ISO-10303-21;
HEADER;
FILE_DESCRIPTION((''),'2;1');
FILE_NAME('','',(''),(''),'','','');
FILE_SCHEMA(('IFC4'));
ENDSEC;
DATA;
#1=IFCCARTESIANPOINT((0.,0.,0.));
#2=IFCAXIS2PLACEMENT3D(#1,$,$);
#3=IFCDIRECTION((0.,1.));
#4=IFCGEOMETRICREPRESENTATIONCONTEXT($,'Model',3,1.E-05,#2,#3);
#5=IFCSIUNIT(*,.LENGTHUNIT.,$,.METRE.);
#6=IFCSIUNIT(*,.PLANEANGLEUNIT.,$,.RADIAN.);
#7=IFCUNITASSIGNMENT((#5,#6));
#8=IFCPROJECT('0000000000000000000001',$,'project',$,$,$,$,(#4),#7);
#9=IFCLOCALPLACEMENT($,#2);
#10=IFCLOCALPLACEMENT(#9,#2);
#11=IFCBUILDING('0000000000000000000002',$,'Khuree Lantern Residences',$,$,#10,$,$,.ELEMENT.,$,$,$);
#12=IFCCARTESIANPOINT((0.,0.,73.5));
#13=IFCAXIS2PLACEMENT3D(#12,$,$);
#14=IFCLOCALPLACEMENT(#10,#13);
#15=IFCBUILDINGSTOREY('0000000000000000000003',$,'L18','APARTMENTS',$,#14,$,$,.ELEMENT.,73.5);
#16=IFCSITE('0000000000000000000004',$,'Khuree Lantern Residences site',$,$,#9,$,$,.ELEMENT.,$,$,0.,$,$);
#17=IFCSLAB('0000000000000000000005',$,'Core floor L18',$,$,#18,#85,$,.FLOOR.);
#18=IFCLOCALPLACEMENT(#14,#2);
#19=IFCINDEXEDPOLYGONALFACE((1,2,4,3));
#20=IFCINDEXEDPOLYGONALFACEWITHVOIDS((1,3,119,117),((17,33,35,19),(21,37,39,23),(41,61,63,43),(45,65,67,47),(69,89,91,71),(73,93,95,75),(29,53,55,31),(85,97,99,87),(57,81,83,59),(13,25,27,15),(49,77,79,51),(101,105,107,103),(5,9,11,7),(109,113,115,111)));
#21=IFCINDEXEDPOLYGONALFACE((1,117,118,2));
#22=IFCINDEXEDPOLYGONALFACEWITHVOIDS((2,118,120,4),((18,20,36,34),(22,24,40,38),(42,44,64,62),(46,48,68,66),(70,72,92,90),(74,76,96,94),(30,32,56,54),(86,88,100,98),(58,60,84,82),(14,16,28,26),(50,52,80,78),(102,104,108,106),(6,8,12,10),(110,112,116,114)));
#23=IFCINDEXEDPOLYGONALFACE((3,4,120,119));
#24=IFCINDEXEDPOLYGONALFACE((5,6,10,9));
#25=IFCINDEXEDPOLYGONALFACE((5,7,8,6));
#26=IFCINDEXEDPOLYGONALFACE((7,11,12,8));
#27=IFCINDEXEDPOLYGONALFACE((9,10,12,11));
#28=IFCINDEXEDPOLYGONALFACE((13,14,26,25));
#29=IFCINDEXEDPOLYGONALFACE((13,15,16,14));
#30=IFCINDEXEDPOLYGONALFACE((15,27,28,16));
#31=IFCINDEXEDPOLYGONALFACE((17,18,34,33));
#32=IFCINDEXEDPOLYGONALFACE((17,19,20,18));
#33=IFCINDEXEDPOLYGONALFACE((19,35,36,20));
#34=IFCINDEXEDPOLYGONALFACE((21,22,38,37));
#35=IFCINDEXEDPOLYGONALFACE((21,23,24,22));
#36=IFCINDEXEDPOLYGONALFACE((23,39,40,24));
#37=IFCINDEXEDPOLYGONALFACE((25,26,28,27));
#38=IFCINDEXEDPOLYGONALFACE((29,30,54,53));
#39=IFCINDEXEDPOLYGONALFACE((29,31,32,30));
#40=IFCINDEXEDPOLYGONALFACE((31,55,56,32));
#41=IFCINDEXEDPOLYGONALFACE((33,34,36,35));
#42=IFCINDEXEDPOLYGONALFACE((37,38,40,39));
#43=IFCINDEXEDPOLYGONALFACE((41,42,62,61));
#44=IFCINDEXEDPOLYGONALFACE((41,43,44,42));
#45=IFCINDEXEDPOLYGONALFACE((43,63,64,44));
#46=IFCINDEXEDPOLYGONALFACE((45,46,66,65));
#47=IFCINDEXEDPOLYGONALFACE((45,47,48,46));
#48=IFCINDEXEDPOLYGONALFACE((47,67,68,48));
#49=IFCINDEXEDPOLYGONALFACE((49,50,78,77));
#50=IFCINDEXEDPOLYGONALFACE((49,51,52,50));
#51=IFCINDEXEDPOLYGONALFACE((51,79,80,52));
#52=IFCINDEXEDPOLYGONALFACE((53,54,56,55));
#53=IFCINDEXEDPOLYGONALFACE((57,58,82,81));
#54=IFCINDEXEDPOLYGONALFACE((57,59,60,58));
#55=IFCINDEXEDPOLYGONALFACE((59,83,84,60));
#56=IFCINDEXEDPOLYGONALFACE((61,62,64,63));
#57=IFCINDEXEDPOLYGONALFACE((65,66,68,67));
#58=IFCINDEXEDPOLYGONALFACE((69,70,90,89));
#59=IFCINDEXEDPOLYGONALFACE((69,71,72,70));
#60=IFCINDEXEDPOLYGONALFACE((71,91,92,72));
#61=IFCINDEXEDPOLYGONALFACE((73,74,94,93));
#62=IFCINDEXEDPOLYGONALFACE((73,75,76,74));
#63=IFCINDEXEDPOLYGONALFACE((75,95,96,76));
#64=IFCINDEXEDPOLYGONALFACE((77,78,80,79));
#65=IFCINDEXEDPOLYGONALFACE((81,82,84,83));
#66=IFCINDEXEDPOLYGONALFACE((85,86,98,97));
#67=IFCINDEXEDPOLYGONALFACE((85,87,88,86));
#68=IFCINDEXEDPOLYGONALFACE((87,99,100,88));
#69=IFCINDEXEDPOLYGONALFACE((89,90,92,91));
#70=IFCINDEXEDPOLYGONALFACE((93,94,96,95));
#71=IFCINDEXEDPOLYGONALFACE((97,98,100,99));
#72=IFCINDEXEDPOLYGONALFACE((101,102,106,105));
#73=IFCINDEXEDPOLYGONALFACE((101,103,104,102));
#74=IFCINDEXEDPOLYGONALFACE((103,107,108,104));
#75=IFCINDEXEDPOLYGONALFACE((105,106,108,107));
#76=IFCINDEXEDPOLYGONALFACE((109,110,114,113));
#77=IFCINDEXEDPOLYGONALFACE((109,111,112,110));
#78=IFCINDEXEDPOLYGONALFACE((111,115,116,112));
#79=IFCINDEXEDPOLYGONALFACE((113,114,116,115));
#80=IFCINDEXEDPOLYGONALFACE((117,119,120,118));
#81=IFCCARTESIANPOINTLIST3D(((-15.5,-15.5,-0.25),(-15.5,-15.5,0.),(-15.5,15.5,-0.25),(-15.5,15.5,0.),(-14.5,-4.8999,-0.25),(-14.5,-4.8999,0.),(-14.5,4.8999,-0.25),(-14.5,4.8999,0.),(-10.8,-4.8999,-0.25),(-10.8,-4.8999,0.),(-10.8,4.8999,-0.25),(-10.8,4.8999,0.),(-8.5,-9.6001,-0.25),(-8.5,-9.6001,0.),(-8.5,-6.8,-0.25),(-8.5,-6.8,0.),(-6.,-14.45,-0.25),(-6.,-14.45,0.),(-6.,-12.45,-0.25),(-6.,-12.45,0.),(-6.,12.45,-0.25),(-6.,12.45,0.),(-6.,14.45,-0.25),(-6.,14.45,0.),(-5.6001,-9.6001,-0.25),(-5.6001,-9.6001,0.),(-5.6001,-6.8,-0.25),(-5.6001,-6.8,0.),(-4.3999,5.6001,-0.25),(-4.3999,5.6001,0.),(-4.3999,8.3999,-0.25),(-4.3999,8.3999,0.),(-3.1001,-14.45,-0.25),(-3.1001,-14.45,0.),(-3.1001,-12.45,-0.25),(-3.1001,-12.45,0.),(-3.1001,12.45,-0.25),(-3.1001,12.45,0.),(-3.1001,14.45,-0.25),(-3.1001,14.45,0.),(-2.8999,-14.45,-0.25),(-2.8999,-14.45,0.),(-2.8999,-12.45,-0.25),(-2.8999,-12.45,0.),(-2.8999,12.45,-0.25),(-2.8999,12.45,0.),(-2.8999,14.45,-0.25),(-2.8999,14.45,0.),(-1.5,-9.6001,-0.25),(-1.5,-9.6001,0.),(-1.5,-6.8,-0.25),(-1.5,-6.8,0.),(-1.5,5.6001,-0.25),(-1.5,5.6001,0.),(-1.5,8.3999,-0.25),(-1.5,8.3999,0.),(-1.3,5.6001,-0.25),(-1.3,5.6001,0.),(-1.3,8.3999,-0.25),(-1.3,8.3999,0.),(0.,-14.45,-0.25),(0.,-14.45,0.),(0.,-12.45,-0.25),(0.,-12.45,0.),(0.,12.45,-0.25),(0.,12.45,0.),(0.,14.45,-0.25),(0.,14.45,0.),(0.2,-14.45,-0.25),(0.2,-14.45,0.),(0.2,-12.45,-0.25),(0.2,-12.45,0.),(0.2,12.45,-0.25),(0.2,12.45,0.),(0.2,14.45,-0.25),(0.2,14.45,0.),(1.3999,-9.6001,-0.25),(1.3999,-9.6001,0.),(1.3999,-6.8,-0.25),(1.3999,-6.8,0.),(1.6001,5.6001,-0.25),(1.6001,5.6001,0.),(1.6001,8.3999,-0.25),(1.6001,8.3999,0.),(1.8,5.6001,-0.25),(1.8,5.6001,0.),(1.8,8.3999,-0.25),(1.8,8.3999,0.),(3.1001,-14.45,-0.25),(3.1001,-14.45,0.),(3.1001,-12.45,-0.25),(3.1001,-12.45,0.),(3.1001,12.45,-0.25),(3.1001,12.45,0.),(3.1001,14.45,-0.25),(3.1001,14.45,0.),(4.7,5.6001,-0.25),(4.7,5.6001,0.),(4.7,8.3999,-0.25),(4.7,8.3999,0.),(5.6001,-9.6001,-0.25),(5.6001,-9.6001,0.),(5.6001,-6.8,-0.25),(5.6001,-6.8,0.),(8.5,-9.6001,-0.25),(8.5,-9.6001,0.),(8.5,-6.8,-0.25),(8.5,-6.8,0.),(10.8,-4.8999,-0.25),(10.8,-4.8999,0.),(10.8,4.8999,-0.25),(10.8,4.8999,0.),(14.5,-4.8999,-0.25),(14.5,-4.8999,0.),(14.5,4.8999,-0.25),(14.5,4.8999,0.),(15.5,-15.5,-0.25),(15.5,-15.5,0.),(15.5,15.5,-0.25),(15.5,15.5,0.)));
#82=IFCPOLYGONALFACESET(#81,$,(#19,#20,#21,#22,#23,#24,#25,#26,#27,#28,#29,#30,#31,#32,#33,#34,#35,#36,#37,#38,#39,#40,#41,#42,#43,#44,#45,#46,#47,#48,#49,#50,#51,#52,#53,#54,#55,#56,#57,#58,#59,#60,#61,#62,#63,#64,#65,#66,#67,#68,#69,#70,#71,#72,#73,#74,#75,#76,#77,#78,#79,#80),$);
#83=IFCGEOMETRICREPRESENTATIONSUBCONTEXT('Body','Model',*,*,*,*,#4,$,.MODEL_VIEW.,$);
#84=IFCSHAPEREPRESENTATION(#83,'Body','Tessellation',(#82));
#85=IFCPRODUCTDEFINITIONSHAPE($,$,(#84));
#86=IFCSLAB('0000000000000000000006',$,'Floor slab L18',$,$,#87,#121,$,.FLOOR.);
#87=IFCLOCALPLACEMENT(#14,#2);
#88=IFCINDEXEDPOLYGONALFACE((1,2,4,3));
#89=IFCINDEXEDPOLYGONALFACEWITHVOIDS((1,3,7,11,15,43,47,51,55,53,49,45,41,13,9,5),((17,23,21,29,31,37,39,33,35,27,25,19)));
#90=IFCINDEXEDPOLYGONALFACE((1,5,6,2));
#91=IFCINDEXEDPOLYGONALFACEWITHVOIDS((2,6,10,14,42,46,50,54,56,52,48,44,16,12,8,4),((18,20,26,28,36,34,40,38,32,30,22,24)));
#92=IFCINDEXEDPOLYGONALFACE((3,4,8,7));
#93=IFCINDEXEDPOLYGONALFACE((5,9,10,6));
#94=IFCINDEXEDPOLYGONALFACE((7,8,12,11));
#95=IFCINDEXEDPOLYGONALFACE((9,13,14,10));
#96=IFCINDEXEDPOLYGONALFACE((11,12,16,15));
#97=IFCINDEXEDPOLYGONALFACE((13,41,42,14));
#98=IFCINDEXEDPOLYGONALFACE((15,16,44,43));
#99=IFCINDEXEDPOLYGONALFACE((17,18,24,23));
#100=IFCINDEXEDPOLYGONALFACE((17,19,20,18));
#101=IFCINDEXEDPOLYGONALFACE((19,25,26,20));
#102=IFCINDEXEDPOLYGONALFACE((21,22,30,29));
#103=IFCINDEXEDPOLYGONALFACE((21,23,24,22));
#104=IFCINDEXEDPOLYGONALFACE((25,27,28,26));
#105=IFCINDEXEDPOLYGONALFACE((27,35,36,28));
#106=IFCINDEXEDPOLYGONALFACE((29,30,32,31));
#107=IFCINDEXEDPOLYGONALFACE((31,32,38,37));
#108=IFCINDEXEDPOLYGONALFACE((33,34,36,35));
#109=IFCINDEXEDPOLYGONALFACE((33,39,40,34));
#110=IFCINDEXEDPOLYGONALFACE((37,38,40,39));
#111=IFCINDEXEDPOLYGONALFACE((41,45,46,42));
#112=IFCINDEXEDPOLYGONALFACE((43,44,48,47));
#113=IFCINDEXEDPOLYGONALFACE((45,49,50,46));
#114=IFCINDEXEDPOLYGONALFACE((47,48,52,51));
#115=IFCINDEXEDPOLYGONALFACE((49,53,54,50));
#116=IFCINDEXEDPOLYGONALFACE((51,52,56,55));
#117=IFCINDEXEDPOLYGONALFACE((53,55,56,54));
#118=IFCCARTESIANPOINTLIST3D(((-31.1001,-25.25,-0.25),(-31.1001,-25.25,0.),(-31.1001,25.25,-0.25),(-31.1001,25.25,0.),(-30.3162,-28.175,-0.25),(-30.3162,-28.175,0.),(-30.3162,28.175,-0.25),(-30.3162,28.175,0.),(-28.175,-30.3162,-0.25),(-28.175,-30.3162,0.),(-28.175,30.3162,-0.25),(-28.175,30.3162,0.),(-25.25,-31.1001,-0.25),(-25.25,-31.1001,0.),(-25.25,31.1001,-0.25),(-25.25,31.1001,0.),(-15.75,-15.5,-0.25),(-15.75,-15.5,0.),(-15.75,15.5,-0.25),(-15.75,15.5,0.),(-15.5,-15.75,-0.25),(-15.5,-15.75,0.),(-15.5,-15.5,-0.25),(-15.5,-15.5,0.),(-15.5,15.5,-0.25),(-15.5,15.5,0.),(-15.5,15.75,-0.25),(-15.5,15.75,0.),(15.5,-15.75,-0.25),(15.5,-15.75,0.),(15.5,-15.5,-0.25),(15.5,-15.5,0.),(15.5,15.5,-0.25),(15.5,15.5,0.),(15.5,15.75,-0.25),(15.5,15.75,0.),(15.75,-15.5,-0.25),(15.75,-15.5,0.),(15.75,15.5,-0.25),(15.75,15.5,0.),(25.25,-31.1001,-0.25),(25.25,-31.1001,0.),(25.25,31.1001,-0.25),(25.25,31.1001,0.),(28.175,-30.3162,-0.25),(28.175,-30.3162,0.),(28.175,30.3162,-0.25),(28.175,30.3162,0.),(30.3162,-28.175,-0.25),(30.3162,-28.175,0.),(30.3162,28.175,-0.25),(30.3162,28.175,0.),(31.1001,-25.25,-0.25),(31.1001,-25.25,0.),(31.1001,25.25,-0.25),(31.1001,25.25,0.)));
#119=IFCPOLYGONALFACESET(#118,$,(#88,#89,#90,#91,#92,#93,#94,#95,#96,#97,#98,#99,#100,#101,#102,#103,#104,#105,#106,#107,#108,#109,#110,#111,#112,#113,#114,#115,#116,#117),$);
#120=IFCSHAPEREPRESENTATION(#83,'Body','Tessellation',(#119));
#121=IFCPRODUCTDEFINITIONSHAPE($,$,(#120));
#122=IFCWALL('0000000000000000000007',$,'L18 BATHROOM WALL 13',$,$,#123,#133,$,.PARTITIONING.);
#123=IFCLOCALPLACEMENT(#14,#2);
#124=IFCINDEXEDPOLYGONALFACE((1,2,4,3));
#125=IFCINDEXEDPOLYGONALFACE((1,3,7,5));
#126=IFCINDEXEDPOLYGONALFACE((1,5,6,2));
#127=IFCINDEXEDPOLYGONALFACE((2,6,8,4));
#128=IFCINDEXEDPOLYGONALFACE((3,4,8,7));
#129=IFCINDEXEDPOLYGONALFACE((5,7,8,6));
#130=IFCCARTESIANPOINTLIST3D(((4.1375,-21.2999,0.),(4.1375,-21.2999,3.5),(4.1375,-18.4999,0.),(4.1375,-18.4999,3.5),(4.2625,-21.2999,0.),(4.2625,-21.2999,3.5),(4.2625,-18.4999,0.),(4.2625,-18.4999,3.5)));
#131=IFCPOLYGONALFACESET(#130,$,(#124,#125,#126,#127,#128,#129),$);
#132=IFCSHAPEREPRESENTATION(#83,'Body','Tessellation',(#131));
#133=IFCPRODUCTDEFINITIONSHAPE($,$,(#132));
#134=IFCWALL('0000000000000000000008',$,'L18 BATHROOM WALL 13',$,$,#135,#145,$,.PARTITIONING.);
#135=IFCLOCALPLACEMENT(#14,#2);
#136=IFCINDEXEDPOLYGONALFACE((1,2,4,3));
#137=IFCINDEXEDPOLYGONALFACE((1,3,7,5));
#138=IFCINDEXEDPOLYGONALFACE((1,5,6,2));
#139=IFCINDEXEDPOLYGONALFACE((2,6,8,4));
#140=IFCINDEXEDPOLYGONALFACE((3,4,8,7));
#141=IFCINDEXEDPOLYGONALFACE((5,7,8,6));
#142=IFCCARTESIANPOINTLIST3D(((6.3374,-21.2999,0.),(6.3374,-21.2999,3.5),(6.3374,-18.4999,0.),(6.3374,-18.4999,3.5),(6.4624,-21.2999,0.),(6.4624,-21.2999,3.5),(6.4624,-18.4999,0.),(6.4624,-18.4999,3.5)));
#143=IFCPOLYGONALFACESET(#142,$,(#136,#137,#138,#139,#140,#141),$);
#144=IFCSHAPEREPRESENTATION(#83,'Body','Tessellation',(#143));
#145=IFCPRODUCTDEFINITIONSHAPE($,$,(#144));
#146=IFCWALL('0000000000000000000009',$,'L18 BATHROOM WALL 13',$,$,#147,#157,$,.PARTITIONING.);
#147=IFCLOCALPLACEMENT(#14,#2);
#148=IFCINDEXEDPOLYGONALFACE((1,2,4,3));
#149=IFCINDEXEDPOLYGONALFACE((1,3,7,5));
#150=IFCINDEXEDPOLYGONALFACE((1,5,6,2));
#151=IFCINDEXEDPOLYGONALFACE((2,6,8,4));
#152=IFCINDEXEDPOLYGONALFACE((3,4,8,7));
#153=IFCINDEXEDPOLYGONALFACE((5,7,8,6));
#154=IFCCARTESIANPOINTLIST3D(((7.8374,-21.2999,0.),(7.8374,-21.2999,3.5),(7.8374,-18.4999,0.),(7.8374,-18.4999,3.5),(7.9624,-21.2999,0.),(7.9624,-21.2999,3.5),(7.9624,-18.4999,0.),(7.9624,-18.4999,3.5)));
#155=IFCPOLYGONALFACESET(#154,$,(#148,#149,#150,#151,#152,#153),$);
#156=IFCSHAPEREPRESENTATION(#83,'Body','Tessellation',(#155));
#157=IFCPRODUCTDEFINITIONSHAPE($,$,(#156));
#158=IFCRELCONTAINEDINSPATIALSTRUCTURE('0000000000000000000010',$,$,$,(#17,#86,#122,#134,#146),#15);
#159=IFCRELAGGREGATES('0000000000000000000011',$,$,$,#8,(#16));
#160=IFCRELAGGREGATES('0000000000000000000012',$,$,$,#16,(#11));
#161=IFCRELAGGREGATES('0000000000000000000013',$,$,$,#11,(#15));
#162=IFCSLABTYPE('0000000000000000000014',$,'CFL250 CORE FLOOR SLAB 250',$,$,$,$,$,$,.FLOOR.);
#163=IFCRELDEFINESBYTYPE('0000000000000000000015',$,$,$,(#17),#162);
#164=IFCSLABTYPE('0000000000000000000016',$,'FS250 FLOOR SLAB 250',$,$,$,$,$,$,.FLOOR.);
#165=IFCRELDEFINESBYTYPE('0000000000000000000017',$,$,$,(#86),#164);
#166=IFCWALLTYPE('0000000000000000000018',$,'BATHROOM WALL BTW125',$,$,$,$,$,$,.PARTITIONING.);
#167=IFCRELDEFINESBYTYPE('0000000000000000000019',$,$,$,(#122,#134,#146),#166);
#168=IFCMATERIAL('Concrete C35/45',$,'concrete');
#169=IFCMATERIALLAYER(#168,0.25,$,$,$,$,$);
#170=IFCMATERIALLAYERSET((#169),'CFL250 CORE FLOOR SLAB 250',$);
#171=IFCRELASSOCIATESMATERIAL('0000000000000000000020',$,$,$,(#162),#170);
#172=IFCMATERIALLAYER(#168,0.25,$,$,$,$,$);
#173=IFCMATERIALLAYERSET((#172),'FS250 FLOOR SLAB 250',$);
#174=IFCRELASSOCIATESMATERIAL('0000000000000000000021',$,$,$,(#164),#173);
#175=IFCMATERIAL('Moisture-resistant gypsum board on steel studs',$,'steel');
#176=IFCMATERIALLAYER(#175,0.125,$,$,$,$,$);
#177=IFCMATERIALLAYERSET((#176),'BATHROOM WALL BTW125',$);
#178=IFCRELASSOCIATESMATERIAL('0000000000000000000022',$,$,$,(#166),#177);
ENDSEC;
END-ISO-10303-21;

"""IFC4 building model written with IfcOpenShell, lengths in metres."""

from ifc_helpers import new_model, si_unit, direction, frame, frame_2d, origin, place, context, subcontext, project, spatial, polyline, rectangle, outline, extrude, material, layer, layer_set, type_object, element, save


model = new_model("IFC4")

# Units and contexts
model_context = context("Model", 3, precision=1e-05, world=origin(), true_north=direction((0.0, 1.0)))
body_context = subcontext(model_context, "Body", "Model", "MODEL_VIEW")
ifc_project = project(units=[si_unit("LENGTHUNIT", "METRE"), si_unit("PLANEANGLEUNIT", "RADIAN")], contexts=[model_context])

# Site, building, storey
site_placement = place(None, origin())
site = spatial("IfcSite", under=ifc_project, at=site_placement, Name="Khuree Lantern Residences site", CompositionType="ELEMENT", RefElevation=0.0)
building_placement = place(site_placement, origin())
building = spatial("IfcBuilding", under=site, at=building_placement, Name="Khuree Lantern Residences", CompositionType="ELEMENT")
storey_placement = place(building_placement, frame((0.0, 0.0, 73.5)))
storey = spatial("IfcBuildingStorey", under=building, at=storey_placement, Name="L18", Description="APARTMENTS", CompositionType="ELEMENT", Elevation=73.5)

# Slabs
ifc_material_1 = material(Name="Concrete C35/45", Category="concrete")
ifc_layer_1 = layer(ifc_material_1, 0.25)
ifc_layer_set_1 = layer_set([ifc_layer_1], Name="CFL250 CORE FLOOR SLAB 250")
slab_type_1 = type_object("IfcSlabType", Name="CFL250 CORE FLOOR SLAB 250", PredefinedType="FLOOR", material=ifc_layer_set_1)
slab_1_placement = place(storey_placement, frame((0.0, 0.0, -0.25)))
element("IfcSlab", 1, at=slab_1_placement, inside=storey, type_object=slab_type_1, Name="Core floor L18", PredefinedType="FLOOR", context=body_context, shape_type="SweptSolid", body=[
    extrude(outline(polyline([(-15.5, -15.5), (-15.5, 15.5), (15.5, 15.5), (15.5, -15.5), (-15.5, -15.5)]), holes=[polyline([(14.5, 4.8999), (10.8, 4.8999), (10.8, -4.8999), (14.5, -4.8999), (14.5, 4.8999)]), polyline([(8.5, -6.8), (5.6001, -6.8), (5.6001, -9.6001), (8.5, -9.6001), (8.5, -6.8)]), polyline([(4.7, 8.3999), (1.8, 8.3999), (1.8, 5.6001), (4.7, 5.6001), (4.7, 8.3999)]), polyline([(0.2, -12.45), (0.2, -14.45), (3.1001, -14.45), (3.1001, -12.45), (0.2, -12.45)]), polyline([(3.1001, 14.45), (0.2, 14.45), (0.2, 12.45), (3.1001, 12.45), (3.1001, 14.45)]), polyline([(1.6001, 8.3999), (-1.3, 8.3999), (-1.3, 5.6001), (1.6001, 5.6001), (1.6001, 8.3999)]), polyline([(1.3999, -6.8), (-1.5, -6.8), (-1.5, -9.6001), (1.3999, -9.6001), (1.3999, -6.8)]), polyline([(0.0, -12.45), (-2.8999, -12.45), (-2.8999, -14.45), (0.0, -14.45), (0.0, -12.45)]), polyline([(0.0, 14.45), (-2.8999, 14.45), (-2.8999, 12.45), (0.0, 12.45), (0.0, 14.45)]), polyline([(-1.5, 8.3999), (-4.3999, 8.3999), (-4.3999, 5.6001), (-1.5, 5.6001), (-1.5, 8.3999)]), polyline([(-6.0, -12.45), (-6.0, -14.45), (-3.1001, -14.45), (-3.1001, -12.45), (-6.0, -12.45)]), polyline([(-3.1001, 14.45), (-6.0, 14.45), (-6.0, 12.45), (-3.1001, 12.45), (-3.1001, 14.45)]), polyline([(-5.6001, -6.8), (-8.5, -6.8), (-8.5, -9.6001), (-5.6001, -9.6001), (-5.6001, -6.8)]), polyline([(-10.8, 4.8999), (-14.5, 4.8999), (-14.5, -4.8999), (-10.8, -4.8999), (-10.8, 4.8999)])]), origin(), (0.0, 0.0, 1.0), 0.25),
])
ifc_layer_2 = layer(ifc_material_1, 0.25)
ifc_layer_set_2 = layer_set([ifc_layer_2], Name="FS250 FLOOR SLAB 250")
slab_type_2 = type_object("IfcSlabType", Name="FS250 FLOOR SLAB 250", PredefinedType="FLOOR", material=ifc_layer_set_2)
slab_2_placement = place(storey_placement, frame((0.0, 0.0, -0.25)))
element("IfcSlab", 2, at=slab_2_placement, inside=storey, type_object=slab_type_2, Name="Floor slab L18", PredefinedType="FLOOR", context=body_context, shape_type="SweptSolid", body=[
    extrude(outline(polyline([(-28.175, -30.3162), (-30.3162, -28.175), (-31.1001, -25.25), (-31.1001, 25.25), (-30.3162, 28.175), (-28.175, 30.3162), (-25.25, 31.1001), (25.25, 31.1001), (28.175, 30.3162), (30.3162, 28.175), (31.1001, 25.25), (31.1001, -25.25), (30.3162, -28.175), (28.175, -30.3162), (25.25, -31.1001), (-25.25, -31.1001), (-28.175, -30.3162)]), holes=[polyline([(15.75, 15.5), (15.5, 15.5), (15.5, 15.75), (-15.5, 15.75), (-15.5, 15.5), (-15.75, 15.5), (-15.75, -15.5), (-15.5, -15.5), (-15.5, -15.75), (15.5, -15.75), (15.5, -15.5), (15.75, -15.5), (15.75, 15.5)])]), origin(), (0.0, 0.0, 1.0), 0.25),
])

# Walls
ifc_material_2 = material(Name="Moisture-resistant gypsum board on steel studs", Category="steel")
ifc_layer_3 = layer(ifc_material_2, 0.125)
ifc_layer_set_3 = layer_set([ifc_layer_3], Name="BATHROOM WALL BTW125")
wall_type_1 = type_object("IfcWallType", Name="BATHROOM WALL BTW125", PredefinedType="PARTITIONING", material=ifc_layer_set_3)
for number, where, z_axis, x_axis, name in (
    (3, (4.2, -18.5, 0.0), (0.0, 0.0, 1.0), (0.0, -1.0, 0.0), "L18 BATHROOM WALL 13"),
    (4, (6.3999, -18.5, 0.0), (0.0, 0.0, 1.0), (0.0, -1.0, 0.0), "L18 BATHROOM WALL 13"),
    (5, (7.8999, -18.5, 0.0), (0.0, 0.0, 1.0), (0.0, -1.0, 0.0), "L18 BATHROOM WALL 13"),
):
    element("IfcWall", number, at=place(storey_placement, frame(where, z_axis=z_axis, x_axis=x_axis)), inside=storey, type_object=wall_type_1, Name=name, PredefinedType="PARTITIONING", context=body_context, shape_type="SweptSolid", body=[
        extrude(rectangle(XDim=2.8, YDim=0.125, at=frame_2d((1.3999, 0.0))), origin(), (0.0, 0.0, 1.0), 3.5),
    ])

save(model, "model.ifc")
